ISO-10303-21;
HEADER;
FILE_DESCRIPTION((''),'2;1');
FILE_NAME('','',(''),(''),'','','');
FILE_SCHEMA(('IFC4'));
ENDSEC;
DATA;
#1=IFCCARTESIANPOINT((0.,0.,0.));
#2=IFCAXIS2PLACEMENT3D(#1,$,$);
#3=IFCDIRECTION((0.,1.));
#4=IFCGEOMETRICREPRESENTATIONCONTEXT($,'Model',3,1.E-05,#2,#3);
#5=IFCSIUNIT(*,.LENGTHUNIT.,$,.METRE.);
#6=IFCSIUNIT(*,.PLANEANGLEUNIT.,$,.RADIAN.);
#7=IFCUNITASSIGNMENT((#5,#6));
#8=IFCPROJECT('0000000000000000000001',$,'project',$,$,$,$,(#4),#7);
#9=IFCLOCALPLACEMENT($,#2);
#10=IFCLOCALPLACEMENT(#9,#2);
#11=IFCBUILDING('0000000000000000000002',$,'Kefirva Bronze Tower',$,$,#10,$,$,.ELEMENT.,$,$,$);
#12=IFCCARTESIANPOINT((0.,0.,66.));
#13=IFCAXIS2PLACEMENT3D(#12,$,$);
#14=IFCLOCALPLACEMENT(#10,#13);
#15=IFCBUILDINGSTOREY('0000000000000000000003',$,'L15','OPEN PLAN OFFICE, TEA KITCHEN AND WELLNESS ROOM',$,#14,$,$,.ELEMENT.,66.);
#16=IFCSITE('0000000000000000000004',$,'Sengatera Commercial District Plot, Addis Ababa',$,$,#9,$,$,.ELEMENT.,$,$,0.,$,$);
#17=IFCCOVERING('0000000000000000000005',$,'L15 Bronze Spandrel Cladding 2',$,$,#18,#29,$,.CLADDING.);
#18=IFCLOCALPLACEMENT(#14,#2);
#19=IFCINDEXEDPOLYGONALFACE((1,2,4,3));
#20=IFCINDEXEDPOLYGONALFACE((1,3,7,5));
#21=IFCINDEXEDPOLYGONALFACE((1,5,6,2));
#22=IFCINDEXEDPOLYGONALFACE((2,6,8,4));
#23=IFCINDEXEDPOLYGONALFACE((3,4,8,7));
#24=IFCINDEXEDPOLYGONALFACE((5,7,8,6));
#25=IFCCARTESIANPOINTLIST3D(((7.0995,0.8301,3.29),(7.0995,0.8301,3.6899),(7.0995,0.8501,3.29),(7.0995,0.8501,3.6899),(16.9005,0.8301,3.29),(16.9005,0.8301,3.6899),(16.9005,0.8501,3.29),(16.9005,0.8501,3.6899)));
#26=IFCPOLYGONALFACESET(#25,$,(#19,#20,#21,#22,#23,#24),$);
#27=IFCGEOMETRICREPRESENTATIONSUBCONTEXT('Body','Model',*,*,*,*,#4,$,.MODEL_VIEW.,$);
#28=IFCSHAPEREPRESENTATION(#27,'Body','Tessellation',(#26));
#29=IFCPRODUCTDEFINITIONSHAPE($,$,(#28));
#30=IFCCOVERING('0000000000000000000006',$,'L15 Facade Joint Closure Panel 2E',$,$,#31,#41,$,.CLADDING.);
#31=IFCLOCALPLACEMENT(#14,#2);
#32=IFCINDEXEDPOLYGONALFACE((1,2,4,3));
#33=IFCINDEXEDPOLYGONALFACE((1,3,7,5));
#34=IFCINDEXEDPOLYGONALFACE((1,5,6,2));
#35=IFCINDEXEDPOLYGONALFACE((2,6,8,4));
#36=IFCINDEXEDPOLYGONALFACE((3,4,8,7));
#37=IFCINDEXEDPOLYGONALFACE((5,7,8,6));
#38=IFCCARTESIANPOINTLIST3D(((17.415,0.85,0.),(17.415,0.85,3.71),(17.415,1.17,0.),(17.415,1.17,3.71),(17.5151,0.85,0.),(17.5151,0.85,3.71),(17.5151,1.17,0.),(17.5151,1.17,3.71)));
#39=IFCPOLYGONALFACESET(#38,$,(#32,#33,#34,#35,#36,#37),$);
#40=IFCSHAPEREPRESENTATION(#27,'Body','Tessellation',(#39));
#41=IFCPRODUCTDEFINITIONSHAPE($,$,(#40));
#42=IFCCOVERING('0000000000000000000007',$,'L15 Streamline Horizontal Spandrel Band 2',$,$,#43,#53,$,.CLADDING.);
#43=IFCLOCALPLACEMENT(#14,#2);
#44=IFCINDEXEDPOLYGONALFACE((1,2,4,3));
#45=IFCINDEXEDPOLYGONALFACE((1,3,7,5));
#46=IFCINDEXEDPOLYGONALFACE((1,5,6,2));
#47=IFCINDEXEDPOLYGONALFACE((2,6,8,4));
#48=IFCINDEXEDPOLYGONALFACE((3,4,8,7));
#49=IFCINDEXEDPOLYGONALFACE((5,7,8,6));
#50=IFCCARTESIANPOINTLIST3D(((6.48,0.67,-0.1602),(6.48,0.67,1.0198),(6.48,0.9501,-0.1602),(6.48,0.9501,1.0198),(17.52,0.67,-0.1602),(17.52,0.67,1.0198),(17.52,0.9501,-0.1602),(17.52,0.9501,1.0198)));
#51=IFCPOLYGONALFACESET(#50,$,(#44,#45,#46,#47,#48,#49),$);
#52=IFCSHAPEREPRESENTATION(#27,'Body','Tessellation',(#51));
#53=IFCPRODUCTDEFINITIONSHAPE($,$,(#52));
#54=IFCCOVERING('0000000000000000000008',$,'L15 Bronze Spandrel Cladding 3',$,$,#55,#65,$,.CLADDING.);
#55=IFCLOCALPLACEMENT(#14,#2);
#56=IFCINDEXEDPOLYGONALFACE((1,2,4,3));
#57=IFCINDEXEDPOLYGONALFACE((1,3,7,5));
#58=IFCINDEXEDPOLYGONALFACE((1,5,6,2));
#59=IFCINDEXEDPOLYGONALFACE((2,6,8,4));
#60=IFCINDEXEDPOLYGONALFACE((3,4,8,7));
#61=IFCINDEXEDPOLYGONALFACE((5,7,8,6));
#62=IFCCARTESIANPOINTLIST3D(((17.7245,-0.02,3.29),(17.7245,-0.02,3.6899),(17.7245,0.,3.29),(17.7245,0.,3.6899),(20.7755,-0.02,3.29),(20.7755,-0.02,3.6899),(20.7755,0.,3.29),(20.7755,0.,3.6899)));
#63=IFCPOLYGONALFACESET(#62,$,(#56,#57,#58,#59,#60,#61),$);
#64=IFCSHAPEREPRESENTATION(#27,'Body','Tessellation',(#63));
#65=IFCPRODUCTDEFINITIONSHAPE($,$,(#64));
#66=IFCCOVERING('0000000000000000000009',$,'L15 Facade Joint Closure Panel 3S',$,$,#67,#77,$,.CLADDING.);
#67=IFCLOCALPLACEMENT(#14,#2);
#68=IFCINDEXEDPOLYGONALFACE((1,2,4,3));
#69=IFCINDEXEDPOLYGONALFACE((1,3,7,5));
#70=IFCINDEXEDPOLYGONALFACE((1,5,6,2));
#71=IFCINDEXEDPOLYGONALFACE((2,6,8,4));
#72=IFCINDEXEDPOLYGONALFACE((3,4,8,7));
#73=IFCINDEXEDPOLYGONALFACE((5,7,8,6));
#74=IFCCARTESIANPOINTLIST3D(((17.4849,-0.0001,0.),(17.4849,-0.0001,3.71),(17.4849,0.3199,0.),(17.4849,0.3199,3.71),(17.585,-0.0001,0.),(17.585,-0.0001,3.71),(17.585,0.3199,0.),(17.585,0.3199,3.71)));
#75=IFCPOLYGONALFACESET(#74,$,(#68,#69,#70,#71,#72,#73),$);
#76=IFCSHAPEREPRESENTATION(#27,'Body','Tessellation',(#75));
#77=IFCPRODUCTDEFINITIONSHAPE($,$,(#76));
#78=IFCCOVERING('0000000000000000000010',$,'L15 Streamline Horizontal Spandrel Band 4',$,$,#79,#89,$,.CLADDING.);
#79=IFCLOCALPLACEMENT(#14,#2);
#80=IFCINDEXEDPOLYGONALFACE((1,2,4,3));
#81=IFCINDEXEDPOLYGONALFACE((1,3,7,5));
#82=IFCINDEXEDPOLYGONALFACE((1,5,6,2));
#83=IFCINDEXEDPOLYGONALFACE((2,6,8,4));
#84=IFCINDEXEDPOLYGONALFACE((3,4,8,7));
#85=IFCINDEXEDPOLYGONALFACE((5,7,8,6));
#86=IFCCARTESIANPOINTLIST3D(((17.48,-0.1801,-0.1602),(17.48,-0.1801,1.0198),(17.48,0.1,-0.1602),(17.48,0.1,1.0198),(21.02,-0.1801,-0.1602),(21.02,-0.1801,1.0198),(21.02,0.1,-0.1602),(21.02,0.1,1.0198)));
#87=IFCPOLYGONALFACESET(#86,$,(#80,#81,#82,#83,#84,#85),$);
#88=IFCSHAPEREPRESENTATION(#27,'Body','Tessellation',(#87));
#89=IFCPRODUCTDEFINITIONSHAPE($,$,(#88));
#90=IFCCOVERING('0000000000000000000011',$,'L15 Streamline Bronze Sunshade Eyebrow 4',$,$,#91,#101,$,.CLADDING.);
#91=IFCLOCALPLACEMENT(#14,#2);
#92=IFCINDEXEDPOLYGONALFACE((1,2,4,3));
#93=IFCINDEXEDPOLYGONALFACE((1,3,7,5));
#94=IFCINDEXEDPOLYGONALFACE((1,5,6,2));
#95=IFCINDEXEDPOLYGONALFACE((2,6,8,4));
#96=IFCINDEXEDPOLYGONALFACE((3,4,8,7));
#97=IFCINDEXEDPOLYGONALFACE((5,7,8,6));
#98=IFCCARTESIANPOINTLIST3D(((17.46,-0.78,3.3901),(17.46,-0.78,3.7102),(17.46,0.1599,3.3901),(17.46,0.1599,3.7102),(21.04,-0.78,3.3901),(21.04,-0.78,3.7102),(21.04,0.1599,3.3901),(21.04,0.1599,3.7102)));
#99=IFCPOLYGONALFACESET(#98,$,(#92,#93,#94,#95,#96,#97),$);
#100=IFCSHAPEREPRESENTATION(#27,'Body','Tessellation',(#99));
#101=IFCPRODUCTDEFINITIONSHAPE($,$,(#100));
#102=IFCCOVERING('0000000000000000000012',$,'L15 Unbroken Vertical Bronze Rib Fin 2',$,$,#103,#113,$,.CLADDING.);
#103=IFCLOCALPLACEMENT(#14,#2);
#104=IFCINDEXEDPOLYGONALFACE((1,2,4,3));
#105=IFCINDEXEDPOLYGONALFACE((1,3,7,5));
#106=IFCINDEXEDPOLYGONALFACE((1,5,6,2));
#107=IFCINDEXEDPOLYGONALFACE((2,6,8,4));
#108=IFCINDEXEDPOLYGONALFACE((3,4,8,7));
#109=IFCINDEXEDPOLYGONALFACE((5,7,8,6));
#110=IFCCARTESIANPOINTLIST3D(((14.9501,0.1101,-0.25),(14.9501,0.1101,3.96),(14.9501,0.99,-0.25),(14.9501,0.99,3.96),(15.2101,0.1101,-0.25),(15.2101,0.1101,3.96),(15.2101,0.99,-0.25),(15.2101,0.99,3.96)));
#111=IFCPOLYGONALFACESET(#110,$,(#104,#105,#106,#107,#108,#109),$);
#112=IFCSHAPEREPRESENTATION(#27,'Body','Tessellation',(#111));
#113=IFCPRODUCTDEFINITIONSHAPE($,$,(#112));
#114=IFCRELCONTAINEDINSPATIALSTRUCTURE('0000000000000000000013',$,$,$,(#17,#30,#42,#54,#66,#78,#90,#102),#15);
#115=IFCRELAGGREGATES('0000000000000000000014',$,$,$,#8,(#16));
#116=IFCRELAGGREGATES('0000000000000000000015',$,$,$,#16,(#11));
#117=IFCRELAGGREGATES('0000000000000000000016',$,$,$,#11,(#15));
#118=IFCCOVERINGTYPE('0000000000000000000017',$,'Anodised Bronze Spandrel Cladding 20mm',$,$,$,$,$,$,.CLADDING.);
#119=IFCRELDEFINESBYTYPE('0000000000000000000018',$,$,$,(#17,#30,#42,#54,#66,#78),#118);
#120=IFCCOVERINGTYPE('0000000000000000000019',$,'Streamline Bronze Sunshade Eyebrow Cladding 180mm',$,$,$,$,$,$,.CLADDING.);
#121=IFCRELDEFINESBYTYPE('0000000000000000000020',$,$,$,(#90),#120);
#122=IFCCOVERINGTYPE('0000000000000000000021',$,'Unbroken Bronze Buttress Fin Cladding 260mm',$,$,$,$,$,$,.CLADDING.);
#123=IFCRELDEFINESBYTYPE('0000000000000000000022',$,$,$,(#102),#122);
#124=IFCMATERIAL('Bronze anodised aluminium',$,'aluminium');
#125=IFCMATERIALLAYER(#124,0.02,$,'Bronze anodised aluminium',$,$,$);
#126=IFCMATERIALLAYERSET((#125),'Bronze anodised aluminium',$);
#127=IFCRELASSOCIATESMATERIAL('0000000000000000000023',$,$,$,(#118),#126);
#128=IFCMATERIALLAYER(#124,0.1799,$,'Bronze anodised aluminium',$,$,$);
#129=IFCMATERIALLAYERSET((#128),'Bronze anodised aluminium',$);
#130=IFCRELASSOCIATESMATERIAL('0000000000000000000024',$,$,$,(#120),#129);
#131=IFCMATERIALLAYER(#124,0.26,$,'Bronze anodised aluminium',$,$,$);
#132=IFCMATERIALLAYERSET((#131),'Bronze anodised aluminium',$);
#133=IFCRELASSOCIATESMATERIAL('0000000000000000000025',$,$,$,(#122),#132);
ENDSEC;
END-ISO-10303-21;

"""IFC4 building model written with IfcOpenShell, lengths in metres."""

from ifc_helpers import new_model, si_unit, direction, frame, origin, origin_2d, place, context, subcontext, project, spatial, rectangle, extrude, material, layer, layer_set, type_object, element, save


model = new_model("IFC4")

# Units and contexts
model_context = context("Model", 3, precision=1e-05, world=origin(), true_north=direction((0.0, 1.0)))
body_context = subcontext(model_context, "Body", "Model", "MODEL_VIEW")
ifc_project = project(units=[si_unit("LENGTHUNIT", "METRE"), si_unit("PLANEANGLEUNIT", "RADIAN")], contexts=[model_context])

# Site, building, storey
site_placement = place(None, origin())
site = spatial("IfcSite", under=ifc_project, at=site_placement, Name="Sengatera Commercial District Plot, Addis Ababa", CompositionType="ELEMENT", RefElevation=0.0)
building_placement = place(site_placement, origin())
building = spatial("IfcBuilding", under=site, at=building_placement, Name="Kefirva Bronze Tower", CompositionType="ELEMENT")
storey_placement = place(building_placement, frame((0.0, 0.0, 66.0)))
storey = spatial("IfcBuildingStorey", under=building, at=storey_placement, Name="L15", Description="OPEN PLAN OFFICE, TEA KITCHEN AND WELLNESS ROOM", CompositionType="ELEMENT", Elevation=66.0)

# Coverings
ifc_material_1 = material(Name="Bronze anodised aluminium", Category="aluminium")
ifc_layer_1 = layer(ifc_material_1, 0.02, Name="Bronze anodised aluminium")
ifc_layer_set_1 = layer_set([ifc_layer_1], Name="Bronze anodised aluminium")
covering_type_1 = type_object("IfcCoveringType", Name="Anodised Bronze Spandrel Cladding 20mm", PredefinedType="CLADDING", material=ifc_layer_set_1)
covering_1_placement = place(storey_placement, frame((12.0, 0.8401, 3.29), z_axis=(0.0, 0.0, 1.0), x_axis=(1.0, 0.0, 0.0)))
element("IfcCovering", 1, at=covering_1_placement, inside=storey, type_object=covering_type_1, Name="L15 Bronze Spandrel Cladding 2", PredefinedType="CLADDING", context=body_context, shape_type="SweptSolid", body=[
    extrude(rectangle(XDim=9.801, YDim=0.02, at=origin_2d()), origin(), (0.0, 0.0, 1.0), 0.3999),
])
covering_2_placement = place(storey_placement, frame((17.4651, 1.01, 0.0), z_axis=(0.0, 0.0, 1.0), x_axis=(1.0, 0.0, 0.0)))
element("IfcCovering", 2, at=covering_2_placement, inside=storey, type_object=covering_type_1, Name="L15 Facade Joint Closure Panel 2E", PredefinedType="CLADDING", context=body_context, shape_type="SweptSolid", body=[
    extrude(rectangle(XDim=0.1001, YDim=0.3201, at=origin_2d()), origin(), (0.0, 0.0, 1.0), 3.71),
])
covering_3_placement = place(storey_placement, frame((12.0, 0.8101, -0.1602), z_axis=(0.0, 0.0, 1.0), x_axis=(1.0, 0.0, 0.0)))
element("IfcCovering", 3, at=covering_3_placement, inside=storey, type_object=covering_type_1, Name="L15 Streamline Horizontal Spandrel Band 2", PredefinedType="CLADDING", context=body_context, shape_type="SweptSolid", body=[
    extrude(rectangle(XDim=11.04, YDim=0.28, at=origin_2d()), origin(), (0.0, 0.0, 1.0), 1.1799),
])
covering_4_placement = place(storey_placement, frame((19.25, -0.01, 3.29), z_axis=(0.0, 0.0, 1.0), x_axis=(1.0, 0.0, 0.0)))
element("IfcCovering", 4, at=covering_4_placement, inside=storey, type_object=covering_type_1, Name="L15 Bronze Spandrel Cladding 3", PredefinedType="CLADDING", context=body_context, shape_type="SweptSolid", body=[
    extrude(rectangle(XDim=3.051, YDim=0.02, at=origin_2d()), origin(), (0.0, 0.0, 1.0), 0.3999),
])
covering_5_placement = place(storey_placement, frame((17.5349, 0.1599, 0.0), z_axis=(0.0, 0.0, 1.0), x_axis=(1.0, 0.0, 0.0)))
element("IfcCovering", 5, at=covering_5_placement, inside=storey, type_object=covering_type_1, Name="L15 Facade Joint Closure Panel 3S", PredefinedType="CLADDING", context=body_context, shape_type="SweptSolid", body=[
    extrude(rectangle(XDim=0.1001, YDim=0.3201, at=origin_2d()), origin(), (0.0, 0.0, 1.0), 3.71),
])
covering_6_placement = place(storey_placement, frame((19.25, -0.04, -0.1602), z_axis=(0.0, 0.0, 1.0), x_axis=(1.0, 0.0, 0.0)))
element("IfcCovering", 6, at=covering_6_placement, inside=storey, type_object=covering_type_1, Name="L15 Streamline Horizontal Spandrel Band 4", PredefinedType="CLADDING", context=body_context, shape_type="SweptSolid", body=[
    extrude(rectangle(XDim=3.54, YDim=0.28, at=origin_2d()), origin(), (0.0, 0.0, 1.0), 1.1799),
])
ifc_layer_2 = layer(ifc_material_1, 0.1799, Name="Bronze anodised aluminium")
ifc_layer_set_2 = layer_set([ifc_layer_2], Name="Bronze anodised aluminium")
covering_type_2 = type_object("IfcCoveringType", Name="Streamline Bronze Sunshade Eyebrow Cladding 180mm", PredefinedType="CLADDING", material=ifc_layer_set_2)
covering_7_placement = place(storey_placement, frame((19.25, -0.3101, 3.3901), z_axis=(0.0, 0.0, 1.0), x_axis=(1.0, 0.0, 0.0)))
element("IfcCovering", 7, at=covering_7_placement, inside=storey, type_object=covering_type_2, Name="L15 Streamline Bronze Sunshade Eyebrow 4", PredefinedType="CLADDING", context=body_context, shape_type="SweptSolid", body=[
    extrude(rectangle(XDim=3.5801, YDim=0.9399, at=origin_2d()), origin(), (0.0, 0.0, 1.0), 0.3201),
])
ifc_layer_3 = layer(ifc_material_1, 0.26, Name="Bronze anodised aluminium")
ifc_layer_set_3 = layer_set([ifc_layer_3], Name="Bronze anodised aluminium")
covering_type_3 = type_object("IfcCoveringType", Name="Unbroken Bronze Buttress Fin Cladding 260mm", PredefinedType="CLADDING", material=ifc_layer_set_3)
covering_8_placement = place(storey_placement, frame((15.0801, 0.55, -0.25), z_axis=(0.0, 0.0, 1.0), x_axis=(1.0, 0.0, 0.0)))
element("IfcCovering", 8, at=covering_8_placement, inside=storey, type_object=covering_type_3, Name="L15 Unbroken Vertical Bronze Rib Fin 2", PredefinedType="CLADDING", context=body_context, shape_type="SweptSolid", body=[
    extrude(rectangle(XDim=0.26, YDim=0.8799, at=origin_2d()), origin(), (0.0, 0.0, 1.0), 4.21),
])

save(model, "model.ifc")
